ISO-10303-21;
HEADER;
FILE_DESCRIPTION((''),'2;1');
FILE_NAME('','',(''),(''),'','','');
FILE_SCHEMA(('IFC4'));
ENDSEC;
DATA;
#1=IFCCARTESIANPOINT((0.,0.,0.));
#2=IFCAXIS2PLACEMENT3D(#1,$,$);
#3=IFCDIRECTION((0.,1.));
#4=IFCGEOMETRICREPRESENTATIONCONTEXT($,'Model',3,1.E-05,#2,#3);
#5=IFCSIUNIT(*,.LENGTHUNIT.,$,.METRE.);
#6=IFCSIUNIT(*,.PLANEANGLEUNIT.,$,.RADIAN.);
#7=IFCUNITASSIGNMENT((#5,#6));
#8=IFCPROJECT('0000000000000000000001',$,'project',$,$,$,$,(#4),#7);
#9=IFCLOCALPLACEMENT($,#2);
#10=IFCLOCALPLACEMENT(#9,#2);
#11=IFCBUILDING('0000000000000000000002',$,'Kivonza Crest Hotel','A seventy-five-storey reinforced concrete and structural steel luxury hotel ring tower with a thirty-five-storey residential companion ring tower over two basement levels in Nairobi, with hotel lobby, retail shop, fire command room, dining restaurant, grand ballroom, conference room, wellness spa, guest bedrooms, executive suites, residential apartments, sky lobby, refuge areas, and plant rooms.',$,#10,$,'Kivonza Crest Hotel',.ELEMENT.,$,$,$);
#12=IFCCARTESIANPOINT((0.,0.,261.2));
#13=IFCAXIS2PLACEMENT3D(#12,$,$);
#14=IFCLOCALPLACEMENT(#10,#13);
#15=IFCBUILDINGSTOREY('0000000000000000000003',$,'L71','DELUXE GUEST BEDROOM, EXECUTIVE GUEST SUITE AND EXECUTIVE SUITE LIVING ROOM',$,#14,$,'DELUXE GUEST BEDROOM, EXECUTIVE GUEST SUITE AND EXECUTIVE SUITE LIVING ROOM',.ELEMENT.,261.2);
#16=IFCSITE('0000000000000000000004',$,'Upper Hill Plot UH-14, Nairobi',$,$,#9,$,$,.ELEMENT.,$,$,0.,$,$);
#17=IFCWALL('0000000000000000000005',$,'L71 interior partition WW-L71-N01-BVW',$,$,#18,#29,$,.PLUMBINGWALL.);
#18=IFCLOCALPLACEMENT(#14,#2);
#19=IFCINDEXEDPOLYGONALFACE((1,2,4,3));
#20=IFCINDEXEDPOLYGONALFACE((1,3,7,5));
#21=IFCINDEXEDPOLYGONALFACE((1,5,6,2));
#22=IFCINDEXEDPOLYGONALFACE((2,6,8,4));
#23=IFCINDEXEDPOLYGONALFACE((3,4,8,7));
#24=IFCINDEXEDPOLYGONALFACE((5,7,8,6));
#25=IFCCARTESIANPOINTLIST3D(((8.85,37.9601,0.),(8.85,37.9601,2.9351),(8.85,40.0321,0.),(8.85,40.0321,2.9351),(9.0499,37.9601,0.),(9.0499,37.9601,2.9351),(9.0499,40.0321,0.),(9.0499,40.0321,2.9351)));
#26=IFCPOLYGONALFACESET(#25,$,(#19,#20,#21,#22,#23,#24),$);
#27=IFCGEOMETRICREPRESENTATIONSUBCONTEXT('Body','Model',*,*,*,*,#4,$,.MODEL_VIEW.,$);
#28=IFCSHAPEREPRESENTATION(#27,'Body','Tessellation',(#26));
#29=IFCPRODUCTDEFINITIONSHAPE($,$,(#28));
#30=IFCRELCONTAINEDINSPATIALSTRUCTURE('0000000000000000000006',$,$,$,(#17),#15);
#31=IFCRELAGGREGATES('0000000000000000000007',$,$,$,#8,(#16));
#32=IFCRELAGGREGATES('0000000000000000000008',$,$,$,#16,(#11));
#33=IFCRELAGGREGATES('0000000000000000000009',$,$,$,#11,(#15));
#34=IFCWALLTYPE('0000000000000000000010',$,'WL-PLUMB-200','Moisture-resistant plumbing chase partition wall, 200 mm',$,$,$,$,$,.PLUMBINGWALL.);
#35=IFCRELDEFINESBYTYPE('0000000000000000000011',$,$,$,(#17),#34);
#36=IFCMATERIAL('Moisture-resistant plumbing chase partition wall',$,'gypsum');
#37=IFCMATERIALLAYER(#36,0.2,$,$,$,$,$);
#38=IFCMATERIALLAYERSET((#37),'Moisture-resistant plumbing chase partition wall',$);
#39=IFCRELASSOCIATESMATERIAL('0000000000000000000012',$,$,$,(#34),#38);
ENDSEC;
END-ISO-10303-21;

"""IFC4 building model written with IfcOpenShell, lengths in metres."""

from ifc_helpers import new_model, si_unit, direction, frame, frame_2d, origin, place, context, subcontext, project, spatial, rectangle, extrude, material, layer, layer_set, type_object, element, save


model = new_model("IFC4")

# Units and contexts
model_context = context("Model", 3, precision=1e-05, world=origin(), true_north=direction((0.0, 1.0)))
body_context = subcontext(model_context, "Body", "Model", "MODEL_VIEW")
ifc_project = project(units=[si_unit("LENGTHUNIT", "METRE"), si_unit("PLANEANGLEUNIT", "RADIAN")], contexts=[model_context])

# Site, building, storey
site_placement = place(None, origin())
site = spatial("IfcSite", under=ifc_project, at=site_placement, Name="Upper Hill Plot UH-14, Nairobi", CompositionType="ELEMENT", RefElevation=0.0)
building_placement = place(site_placement, origin())
building = spatial("IfcBuilding", under=site, at=building_placement, Name="Kivonza Crest Hotel", Description="A seventy-five-storey reinforced concrete and structural steel luxury hotel ring tower with a thirty-five-storey residential companion ring tower over two basement levels in Nairobi, with hotel lobby, retail shop, fire command room, dining restaurant, grand ballroom, conference room, wellness spa, guest bedrooms, executive suites, residential apartments, sky lobby, refuge areas, and plant rooms.", LongName="Kivonza Crest Hotel", CompositionType="ELEMENT")
storey_placement = place(building_placement, frame((0.0, 0.0, 261.2)))
storey = spatial("IfcBuildingStorey", under=building, at=storey_placement, Name="L71", Description="DELUXE GUEST BEDROOM, EXECUTIVE GUEST SUITE AND EXECUTIVE SUITE LIVING ROOM", LongName="DELUXE GUEST BEDROOM, EXECUTIVE GUEST SUITE AND EXECUTIVE SUITE LIVING ROOM", CompositionType="ELEMENT", Elevation=261.2)

# Wall
ifc_material_1 = material(Name="Moisture-resistant plumbing chase partition wall", Category="gypsum")
ifc_layer_1 = layer(ifc_material_1, 0.2)
ifc_layer_set_1 = layer_set([ifc_layer_1], Name="Moisture-resistant plumbing chase partition wall")
wall_type_1 = type_object("IfcWallType", Name="WL-PLUMB-200", Description="Moisture-resistant plumbing chase partition wall, 200 mm", PredefinedType="PLUMBINGWALL", material=ifc_layer_set_1)
wall_1_placement = place(storey_placement, frame((8.95, 37.96, 0.0), z_axis=(0.0, 0.0, 1.0), x_axis=(0.0, 1.0, 0.0)))
element("IfcWall", 1, at=wall_1_placement, inside=storey, type_object=wall_type_1, Name="L71 interior partition WW-L71-N01-BVW", PredefinedType="PLUMBINGWALL", context=body_context, shape_type="SweptSolid", body=[
    extrude(rectangle(XDim=2.072, YDim=0.2, at=frame_2d((1.0361, 0.0))), origin(), (0.0, 0.0, 1.0), 2.9351),
])

save(model, "model.ifc")
